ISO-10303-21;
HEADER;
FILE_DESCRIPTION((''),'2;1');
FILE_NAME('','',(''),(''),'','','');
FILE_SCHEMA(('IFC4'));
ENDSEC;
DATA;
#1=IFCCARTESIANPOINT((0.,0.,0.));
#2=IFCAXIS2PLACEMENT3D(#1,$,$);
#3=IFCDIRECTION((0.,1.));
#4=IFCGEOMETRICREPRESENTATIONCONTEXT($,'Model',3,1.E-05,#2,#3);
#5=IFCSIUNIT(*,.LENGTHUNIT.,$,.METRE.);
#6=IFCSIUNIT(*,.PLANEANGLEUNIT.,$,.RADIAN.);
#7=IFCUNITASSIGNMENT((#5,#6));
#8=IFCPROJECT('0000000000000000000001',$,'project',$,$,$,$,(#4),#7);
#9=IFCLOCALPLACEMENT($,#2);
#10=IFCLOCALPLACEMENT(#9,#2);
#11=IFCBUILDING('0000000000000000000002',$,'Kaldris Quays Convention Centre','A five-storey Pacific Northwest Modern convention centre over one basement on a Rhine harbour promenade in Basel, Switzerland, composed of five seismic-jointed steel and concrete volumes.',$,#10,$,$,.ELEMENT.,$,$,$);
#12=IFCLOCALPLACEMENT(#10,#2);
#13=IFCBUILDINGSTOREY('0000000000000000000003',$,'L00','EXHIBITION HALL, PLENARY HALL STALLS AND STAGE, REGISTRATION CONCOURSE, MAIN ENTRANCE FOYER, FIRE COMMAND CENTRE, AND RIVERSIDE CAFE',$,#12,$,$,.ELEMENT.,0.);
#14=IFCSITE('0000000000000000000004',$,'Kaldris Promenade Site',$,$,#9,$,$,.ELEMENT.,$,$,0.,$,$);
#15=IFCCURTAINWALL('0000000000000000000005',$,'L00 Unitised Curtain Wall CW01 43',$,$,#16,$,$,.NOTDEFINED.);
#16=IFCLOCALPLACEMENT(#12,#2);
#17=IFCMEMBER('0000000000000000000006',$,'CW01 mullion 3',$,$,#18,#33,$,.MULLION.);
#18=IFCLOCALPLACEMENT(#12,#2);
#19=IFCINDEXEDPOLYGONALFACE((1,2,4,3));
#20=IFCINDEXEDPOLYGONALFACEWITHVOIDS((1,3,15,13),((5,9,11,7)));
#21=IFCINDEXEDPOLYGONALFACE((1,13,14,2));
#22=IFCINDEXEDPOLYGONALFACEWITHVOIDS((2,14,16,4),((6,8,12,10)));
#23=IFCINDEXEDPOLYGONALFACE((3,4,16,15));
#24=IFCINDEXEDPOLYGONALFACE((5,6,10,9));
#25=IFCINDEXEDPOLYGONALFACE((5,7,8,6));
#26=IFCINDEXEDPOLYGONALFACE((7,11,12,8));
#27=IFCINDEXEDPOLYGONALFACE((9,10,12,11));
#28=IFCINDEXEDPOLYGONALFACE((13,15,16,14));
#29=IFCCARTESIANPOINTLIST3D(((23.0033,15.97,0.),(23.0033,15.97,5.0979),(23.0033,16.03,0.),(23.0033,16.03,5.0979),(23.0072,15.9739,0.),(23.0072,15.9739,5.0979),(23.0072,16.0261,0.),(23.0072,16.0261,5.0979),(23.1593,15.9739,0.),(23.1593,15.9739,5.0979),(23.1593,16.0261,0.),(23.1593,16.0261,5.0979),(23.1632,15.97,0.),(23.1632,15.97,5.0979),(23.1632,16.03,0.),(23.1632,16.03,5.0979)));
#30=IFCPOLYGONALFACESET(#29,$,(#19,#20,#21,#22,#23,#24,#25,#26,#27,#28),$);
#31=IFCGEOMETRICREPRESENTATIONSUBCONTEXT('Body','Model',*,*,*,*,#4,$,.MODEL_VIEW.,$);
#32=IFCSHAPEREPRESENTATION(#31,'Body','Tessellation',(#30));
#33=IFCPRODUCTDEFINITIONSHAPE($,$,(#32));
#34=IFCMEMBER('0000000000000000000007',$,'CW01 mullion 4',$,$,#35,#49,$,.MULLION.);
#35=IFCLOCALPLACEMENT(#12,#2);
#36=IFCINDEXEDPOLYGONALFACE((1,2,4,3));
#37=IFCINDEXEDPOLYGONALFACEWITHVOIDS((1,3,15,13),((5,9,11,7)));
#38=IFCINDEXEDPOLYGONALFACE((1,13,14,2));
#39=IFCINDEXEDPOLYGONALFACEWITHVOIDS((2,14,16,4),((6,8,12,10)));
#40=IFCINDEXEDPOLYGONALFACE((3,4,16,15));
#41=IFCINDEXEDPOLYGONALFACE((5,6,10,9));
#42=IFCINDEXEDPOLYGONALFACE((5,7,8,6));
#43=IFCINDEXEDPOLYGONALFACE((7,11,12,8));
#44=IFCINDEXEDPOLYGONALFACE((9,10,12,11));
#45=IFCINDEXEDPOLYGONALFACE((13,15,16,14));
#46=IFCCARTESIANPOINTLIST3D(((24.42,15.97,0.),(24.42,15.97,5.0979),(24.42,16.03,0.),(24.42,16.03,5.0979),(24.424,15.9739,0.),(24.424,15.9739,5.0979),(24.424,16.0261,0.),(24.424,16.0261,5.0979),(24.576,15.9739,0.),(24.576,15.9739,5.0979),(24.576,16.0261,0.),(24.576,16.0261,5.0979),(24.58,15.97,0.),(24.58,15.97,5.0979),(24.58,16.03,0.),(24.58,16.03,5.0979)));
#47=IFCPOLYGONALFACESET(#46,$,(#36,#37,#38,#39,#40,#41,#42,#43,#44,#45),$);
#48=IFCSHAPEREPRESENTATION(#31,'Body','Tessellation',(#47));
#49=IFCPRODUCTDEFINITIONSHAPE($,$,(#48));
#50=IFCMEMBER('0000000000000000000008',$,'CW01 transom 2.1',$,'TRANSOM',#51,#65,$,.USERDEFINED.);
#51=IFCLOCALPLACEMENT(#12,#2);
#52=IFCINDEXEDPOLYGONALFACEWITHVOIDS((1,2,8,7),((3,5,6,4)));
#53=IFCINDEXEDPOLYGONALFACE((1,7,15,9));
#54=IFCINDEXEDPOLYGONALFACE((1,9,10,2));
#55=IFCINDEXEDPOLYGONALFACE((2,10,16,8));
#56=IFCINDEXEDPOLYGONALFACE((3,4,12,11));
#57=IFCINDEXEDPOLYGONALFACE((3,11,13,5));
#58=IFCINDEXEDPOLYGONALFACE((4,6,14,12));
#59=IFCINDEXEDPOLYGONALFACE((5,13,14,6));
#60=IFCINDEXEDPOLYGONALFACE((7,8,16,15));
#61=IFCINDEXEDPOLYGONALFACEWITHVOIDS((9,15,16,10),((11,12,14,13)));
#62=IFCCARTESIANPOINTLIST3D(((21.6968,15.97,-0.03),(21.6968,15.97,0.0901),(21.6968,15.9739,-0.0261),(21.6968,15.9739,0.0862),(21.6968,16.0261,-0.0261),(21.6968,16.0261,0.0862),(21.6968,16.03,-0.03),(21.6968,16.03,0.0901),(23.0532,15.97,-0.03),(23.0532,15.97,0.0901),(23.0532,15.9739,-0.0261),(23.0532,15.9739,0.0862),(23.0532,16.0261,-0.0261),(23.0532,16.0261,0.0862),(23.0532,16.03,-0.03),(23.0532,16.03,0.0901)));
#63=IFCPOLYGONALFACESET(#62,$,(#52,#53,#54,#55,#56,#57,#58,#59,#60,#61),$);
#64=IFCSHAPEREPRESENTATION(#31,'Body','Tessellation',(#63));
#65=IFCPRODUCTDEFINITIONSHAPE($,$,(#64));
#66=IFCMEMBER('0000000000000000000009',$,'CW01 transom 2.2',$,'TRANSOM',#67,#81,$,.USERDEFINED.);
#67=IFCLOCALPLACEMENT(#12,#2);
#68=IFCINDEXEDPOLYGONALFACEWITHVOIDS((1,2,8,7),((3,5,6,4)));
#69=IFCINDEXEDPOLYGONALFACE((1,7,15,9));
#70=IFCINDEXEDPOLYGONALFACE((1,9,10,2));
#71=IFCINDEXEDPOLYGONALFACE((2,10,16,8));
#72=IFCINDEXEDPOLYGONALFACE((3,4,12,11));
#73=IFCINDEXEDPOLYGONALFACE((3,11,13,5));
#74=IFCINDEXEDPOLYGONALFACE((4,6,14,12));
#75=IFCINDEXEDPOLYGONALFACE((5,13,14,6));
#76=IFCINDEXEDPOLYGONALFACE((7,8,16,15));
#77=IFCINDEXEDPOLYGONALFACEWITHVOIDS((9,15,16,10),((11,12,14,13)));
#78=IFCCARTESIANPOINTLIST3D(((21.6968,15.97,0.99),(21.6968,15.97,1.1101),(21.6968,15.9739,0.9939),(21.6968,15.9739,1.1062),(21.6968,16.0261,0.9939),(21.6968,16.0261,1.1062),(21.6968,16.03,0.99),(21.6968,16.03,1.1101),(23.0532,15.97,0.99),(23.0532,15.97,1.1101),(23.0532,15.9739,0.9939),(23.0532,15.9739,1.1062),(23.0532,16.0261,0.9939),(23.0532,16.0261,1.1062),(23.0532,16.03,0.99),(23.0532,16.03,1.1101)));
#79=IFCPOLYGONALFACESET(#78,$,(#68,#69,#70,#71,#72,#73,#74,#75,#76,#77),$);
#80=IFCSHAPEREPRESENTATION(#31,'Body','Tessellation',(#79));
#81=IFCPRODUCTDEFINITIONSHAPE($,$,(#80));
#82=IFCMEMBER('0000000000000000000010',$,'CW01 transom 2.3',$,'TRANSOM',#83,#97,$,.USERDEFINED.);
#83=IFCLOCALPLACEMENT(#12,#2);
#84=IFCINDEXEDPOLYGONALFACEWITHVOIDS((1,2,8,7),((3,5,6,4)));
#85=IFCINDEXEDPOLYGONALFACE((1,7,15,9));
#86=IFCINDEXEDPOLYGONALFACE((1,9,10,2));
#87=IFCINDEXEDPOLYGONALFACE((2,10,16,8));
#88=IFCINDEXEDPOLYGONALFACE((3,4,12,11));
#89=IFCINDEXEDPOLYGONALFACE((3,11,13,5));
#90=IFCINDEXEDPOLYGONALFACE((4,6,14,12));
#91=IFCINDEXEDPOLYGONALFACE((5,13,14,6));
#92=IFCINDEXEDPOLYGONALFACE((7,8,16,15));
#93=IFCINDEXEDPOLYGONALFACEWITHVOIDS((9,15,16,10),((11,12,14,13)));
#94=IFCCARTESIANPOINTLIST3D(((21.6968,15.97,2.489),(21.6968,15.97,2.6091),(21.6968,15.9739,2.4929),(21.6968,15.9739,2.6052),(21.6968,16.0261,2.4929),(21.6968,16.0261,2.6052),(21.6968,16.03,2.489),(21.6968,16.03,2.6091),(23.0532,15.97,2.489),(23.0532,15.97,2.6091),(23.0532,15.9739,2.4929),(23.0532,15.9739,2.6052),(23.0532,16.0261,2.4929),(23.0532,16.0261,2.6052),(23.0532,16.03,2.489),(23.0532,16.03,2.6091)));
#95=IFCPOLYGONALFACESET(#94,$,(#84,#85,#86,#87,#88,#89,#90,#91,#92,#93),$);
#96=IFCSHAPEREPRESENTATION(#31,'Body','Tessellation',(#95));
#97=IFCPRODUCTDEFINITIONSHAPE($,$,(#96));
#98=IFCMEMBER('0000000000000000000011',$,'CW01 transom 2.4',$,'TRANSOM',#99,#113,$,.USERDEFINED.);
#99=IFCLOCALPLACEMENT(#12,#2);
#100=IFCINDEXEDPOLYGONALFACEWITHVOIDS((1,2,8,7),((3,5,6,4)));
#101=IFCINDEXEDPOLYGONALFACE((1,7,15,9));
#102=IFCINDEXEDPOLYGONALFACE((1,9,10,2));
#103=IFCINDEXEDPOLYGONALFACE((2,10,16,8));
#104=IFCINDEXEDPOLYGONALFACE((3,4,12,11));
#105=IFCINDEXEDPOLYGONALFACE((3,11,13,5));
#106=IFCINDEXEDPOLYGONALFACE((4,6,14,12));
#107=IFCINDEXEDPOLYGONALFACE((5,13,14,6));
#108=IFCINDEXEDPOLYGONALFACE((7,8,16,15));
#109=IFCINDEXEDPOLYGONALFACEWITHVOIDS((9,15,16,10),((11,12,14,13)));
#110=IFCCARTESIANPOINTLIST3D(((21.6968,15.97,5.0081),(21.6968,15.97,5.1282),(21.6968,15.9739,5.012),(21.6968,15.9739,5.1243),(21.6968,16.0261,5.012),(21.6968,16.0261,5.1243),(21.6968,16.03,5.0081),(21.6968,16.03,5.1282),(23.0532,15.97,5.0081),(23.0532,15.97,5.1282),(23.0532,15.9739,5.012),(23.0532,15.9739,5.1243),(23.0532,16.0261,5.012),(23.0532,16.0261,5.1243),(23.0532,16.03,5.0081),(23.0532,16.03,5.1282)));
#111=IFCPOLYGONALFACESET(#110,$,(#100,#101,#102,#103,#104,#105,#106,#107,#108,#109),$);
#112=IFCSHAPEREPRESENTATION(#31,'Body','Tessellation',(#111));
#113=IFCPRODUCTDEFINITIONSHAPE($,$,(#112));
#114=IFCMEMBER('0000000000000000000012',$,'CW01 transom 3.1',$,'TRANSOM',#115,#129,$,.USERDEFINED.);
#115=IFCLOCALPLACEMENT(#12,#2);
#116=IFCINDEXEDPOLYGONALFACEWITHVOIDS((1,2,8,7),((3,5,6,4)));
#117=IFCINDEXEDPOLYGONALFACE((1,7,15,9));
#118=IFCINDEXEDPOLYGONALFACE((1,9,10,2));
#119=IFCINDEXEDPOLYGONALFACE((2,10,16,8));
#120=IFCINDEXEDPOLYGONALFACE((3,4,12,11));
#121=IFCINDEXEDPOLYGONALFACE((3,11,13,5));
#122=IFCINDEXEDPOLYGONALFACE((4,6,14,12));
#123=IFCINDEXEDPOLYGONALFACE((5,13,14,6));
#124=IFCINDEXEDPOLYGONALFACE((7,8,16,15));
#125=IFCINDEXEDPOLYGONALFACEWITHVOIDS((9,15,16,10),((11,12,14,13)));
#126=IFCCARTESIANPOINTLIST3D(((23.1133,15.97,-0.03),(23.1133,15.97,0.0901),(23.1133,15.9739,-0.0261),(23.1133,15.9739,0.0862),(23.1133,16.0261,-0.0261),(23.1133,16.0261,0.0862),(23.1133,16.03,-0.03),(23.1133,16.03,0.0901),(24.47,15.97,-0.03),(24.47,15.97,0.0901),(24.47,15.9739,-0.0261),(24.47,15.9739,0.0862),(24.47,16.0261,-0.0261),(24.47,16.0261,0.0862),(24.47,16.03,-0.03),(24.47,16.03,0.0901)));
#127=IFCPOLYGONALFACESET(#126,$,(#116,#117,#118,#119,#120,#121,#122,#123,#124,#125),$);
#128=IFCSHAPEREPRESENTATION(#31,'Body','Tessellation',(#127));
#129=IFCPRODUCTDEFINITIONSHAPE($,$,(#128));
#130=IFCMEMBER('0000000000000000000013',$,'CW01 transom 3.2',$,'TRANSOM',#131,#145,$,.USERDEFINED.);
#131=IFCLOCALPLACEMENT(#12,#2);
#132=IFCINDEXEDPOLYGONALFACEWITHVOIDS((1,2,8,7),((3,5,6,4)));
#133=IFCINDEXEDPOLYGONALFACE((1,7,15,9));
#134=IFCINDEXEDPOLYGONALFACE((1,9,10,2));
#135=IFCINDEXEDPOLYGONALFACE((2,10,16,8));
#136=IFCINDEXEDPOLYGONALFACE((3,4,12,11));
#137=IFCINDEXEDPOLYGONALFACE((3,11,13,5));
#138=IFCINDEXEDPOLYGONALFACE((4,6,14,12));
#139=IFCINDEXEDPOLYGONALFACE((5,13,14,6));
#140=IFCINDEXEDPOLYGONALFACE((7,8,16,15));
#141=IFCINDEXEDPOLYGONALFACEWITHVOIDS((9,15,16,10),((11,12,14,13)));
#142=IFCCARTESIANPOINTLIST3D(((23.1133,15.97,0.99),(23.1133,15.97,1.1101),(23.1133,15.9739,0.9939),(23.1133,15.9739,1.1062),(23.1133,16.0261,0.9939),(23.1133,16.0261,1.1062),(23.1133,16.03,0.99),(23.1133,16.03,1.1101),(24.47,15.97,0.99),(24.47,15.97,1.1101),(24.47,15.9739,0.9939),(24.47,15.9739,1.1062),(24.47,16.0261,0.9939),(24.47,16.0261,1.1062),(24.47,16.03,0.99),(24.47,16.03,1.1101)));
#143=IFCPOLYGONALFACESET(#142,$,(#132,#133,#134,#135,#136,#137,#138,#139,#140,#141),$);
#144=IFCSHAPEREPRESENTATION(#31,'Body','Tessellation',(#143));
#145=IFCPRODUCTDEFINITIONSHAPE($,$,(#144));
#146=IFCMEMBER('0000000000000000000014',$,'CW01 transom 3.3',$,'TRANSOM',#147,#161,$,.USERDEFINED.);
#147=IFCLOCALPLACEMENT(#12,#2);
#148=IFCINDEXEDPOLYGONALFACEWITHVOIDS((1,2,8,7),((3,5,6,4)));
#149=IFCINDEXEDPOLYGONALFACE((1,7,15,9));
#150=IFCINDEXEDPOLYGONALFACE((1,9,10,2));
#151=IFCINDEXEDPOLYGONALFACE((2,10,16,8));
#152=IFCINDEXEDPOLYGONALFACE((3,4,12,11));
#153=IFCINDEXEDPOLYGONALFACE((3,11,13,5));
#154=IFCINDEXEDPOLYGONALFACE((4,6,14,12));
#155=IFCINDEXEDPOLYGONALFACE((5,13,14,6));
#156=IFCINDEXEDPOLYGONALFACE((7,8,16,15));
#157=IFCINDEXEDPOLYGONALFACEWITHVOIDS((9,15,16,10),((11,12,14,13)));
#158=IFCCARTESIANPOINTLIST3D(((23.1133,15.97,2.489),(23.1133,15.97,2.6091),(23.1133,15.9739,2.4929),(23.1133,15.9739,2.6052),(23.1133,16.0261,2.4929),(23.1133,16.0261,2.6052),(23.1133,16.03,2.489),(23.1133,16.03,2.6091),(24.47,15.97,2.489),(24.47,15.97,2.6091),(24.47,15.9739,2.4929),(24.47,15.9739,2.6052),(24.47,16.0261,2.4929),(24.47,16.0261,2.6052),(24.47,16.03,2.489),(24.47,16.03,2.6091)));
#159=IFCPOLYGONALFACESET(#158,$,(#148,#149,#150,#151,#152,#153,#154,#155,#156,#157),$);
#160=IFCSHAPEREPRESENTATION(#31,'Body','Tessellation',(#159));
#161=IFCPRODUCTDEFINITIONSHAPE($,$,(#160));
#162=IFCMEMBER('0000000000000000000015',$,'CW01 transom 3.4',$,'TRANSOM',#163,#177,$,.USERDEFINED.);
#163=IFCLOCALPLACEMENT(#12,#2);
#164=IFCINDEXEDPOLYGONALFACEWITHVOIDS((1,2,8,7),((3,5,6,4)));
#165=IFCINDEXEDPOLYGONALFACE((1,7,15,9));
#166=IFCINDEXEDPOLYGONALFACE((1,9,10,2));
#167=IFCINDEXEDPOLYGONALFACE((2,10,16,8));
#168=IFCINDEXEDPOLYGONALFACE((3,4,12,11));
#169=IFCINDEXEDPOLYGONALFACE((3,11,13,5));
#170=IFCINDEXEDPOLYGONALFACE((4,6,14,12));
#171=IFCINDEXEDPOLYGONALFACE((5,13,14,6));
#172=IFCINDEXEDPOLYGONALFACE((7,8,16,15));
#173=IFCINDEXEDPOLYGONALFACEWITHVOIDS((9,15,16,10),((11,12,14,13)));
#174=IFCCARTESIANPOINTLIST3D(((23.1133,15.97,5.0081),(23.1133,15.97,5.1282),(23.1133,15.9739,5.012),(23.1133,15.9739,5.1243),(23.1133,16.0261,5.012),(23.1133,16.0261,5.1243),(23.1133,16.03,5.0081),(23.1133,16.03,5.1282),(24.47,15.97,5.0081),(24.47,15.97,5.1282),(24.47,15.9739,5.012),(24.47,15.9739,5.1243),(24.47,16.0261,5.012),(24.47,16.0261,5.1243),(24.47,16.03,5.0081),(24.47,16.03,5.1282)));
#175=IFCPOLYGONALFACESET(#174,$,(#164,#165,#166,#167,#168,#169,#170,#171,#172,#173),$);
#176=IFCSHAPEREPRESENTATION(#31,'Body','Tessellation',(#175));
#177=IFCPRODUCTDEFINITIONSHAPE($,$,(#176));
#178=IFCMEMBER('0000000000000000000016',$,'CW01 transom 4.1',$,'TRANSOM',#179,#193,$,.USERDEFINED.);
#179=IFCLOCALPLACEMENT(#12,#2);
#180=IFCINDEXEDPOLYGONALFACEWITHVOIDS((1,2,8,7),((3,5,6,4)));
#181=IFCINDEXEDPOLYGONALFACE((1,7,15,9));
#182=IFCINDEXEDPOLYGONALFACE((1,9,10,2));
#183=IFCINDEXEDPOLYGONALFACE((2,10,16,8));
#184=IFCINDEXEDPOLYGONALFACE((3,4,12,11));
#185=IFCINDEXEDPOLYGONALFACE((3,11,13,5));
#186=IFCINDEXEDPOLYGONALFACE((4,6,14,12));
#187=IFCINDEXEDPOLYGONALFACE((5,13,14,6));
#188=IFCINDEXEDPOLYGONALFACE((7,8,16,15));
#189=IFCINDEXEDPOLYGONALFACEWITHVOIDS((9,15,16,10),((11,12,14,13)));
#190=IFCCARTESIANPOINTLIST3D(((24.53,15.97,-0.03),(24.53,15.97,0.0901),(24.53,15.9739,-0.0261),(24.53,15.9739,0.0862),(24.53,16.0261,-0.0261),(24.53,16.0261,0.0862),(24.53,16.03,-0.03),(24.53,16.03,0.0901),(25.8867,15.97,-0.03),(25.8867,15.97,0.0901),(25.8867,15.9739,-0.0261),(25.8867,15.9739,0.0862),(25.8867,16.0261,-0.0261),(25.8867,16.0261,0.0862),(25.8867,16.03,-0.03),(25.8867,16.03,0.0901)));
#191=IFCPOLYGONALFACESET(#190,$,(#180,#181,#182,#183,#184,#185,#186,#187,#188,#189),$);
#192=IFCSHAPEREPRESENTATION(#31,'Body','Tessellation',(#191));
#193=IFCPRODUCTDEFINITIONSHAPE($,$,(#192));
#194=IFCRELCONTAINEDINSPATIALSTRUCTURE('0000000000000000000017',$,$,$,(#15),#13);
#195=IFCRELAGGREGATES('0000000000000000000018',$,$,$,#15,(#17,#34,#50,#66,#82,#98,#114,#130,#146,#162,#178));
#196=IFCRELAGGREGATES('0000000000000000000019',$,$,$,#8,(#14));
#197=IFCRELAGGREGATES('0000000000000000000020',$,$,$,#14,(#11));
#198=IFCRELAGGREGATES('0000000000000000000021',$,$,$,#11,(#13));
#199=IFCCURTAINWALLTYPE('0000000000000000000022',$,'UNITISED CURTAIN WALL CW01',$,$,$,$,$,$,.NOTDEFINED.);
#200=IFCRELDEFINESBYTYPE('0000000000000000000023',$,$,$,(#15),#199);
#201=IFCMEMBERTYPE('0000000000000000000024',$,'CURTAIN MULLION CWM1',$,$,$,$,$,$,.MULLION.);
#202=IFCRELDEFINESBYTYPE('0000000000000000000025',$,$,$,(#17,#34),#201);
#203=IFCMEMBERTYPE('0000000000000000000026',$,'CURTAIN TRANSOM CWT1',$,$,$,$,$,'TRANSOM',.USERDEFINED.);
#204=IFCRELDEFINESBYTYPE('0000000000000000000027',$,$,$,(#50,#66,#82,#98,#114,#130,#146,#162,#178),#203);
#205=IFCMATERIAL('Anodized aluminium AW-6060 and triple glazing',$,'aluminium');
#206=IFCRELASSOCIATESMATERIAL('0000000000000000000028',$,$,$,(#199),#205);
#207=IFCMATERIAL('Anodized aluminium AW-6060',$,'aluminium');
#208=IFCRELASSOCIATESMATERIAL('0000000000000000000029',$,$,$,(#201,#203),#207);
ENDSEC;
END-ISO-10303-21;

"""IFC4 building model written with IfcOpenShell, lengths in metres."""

from ifc_helpers import new_model, si_unit, direction, frame, origin, origin_2d, place, context, subcontext, project, spatial, hollow_rectangle, extrude, material, material_profile, profile_set, type_object, element, aggregate, save


model = new_model("IFC4")

# Units and contexts
model_context = context("Model", 3, precision=1e-05, world=origin(), true_north=direction((0.0, 1.0)))
body_context = subcontext(model_context, "Body", "Model", "MODEL_VIEW")
ifc_project = project(units=[si_unit("LENGTHUNIT", "METRE"), si_unit("PLANEANGLEUNIT", "RADIAN")], contexts=[model_context])

# Site, building, storey
site_placement = place(None, origin())
site = spatial("IfcSite", under=ifc_project, at=site_placement, Name="Kaldris Promenade Site", CompositionType="ELEMENT", RefElevation=0.0)
building_placement = place(site_placement, origin())
building = spatial("IfcBuilding", under=site, at=building_placement, Name="Kaldris Quays Convention Centre", Description="A five-storey Pacific Northwest Modern convention centre over one basement on a Rhine harbour promenade in Basel, Switzerland, composed of five seismic-jointed steel and concrete volumes.", CompositionType="ELEMENT")
storey_placement = place(building_placement, origin())
storey = spatial("IfcBuildingStorey", under=building, at=storey_placement, Name="L00", Description="EXHIBITION HALL, PLENARY HALL STALLS AND STAGE, REGISTRATION CONCOURSE, MAIN ENTRANCE FOYER, FIRE COMMAND CENTRE, AND RIVERSIDE CAFE", CompositionType="ELEMENT", Elevation=0.0)

# Curtain wall, members
ifc_material_1 = material(Name="Anodized aluminium AW-6060 and triple glazing", Category="aluminium")
curtain_wall_type = type_object("IfcCurtainWallType", Name="UNITISED CURTAIN WALL CW01", PredefinedType="NOTDEFINED", material=ifc_material_1)
curtain_wall_placement = place(storey_placement, origin())
curtain_wall = element("IfcCurtainWall", 1, at=curtain_wall_placement, inside=storey, type_object=curtain_wall_type, Name="L00 Unitised Curtain Wall CW01 43", PredefinedType="NOTDEFINED")
ifc_material_2 = material(Name="Anodized aluminium AW-6060", Category="aluminium")
ifc_material_profile_1 = material_profile(ifc_material_2, hollow_rectangle(XDim=0.0601, YDim=0.1599, WallThickness=0.0039, at=origin_2d()), Name="RHS 160x60x4")
ifc_profile_set_1 = profile_set([ifc_material_profile_1], Name="Anodized aluminium AW-6060")
member_type_1 = type_object("IfcMemberType", Name="CURTAIN MULLION CWM1", PredefinedType="MULLION", material=ifc_profile_set_1)
member_1_placement = place(storey_placement, frame((23.0833, 16.0, 0.0), z_axis=(0.0, 0.0, 1.0), x_axis=(0.0, 1.0, 0.0)))
member_1 = element("IfcMember", 2, at=member_1_placement, type_object=member_type_1, Name="CW01 mullion 3", PredefinedType="MULLION", context=body_context, shape_type="SweptSolid", body=[
    extrude(hollow_rectangle(XDim=0.0601, YDim=0.1599, WallThickness=0.0039, at=origin_2d()), origin(), (0.0, 0.0, 1.0), 5.0979),
])
member_2_placement = place(storey_placement, frame((24.5, 16.0, 0.0), z_axis=(0.0, 0.0, 1.0), x_axis=(0.0, 1.0, 0.0)))
member_2 = element("IfcMember", 3, at=member_2_placement, type_object=member_type_1, Name="CW01 mullion 4", PredefinedType="MULLION", context=body_context, shape_type="SweptSolid", body=[
    extrude(hollow_rectangle(XDim=0.0601, YDim=0.1599, WallThickness=0.0039, at=origin_2d()), origin(), (0.0, 0.0, 1.0), 5.0979),
])
ifc_material_profile_2 = material_profile(ifc_material_2, hollow_rectangle(XDim=0.0601, YDim=0.1201, WallThickness=0.0039, at=origin_2d()), Name="RHS 120x60x4")
ifc_profile_set_2 = profile_set([ifc_material_profile_2], Name="Anodized aluminium AW-6060")
member_type_2 = type_object("IfcMemberType", Name="CURTAIN TRANSOM CWT1", ElementType="TRANSOM", PredefinedType="USERDEFINED", material=ifc_profile_set_2)
member_3_placement = place(storey_placement, frame((21.6968, 16.0, 0.03), z_axis=(1.0, 0.0, 0.0), x_axis=(0.0, 1.0, 0.0)))
member_3 = element("IfcMember", 4, at=member_3_placement, type_object=member_type_2, Name="CW01 transom 2.1", ObjectType="TRANSOM", PredefinedType="USERDEFINED", context=body_context, shape_type="SweptSolid", body=[
    extrude(hollow_rectangle(XDim=0.0601, YDim=0.1201, WallThickness=0.0039, at=origin_2d()), origin(), (0.0, 0.0, 1.0), 1.3564),
])
member_4_placement = place(storey_placement, frame((21.6968, 16.0, 1.05), z_axis=(1.0, 0.0, 0.0), x_axis=(0.0, 1.0, 0.0)))
member_4 = element("IfcMember", 5, at=member_4_placement, type_object=member_type_2, Name="CW01 transom 2.2", ObjectType="TRANSOM", PredefinedType="USERDEFINED", context=body_context, shape_type="SweptSolid", body=[
    extrude(hollow_rectangle(XDim=0.0601, YDim=0.1201, WallThickness=0.0039, at=origin_2d()), origin(), (0.0, 0.0, 1.0), 1.3564),
])
member_5_placement = place(storey_placement, frame((21.6968, 16.0, 2.5491), z_axis=(1.0, 0.0, 0.0), x_axis=(0.0, 1.0, 0.0)))
member_5 = element("IfcMember", 6, at=member_5_placement, type_object=member_type_2, Name="CW01 transom 2.3", ObjectType="TRANSOM", PredefinedType="USERDEFINED", context=body_context, shape_type="SweptSolid", body=[
    extrude(hollow_rectangle(XDim=0.0601, YDim=0.1201, WallThickness=0.0039, at=origin_2d()), origin(), (0.0, 0.0, 1.0), 1.3564),
])
member_6_placement = place(storey_placement, frame((21.6968, 16.0, 5.0681), z_axis=(1.0, 0.0, 0.0), x_axis=(0.0, 1.0, 0.0)))
member_6 = element("IfcMember", 7, at=member_6_placement, type_object=member_type_2, Name="CW01 transom 2.4", ObjectType="TRANSOM", PredefinedType="USERDEFINED", context=body_context, shape_type="SweptSolid", body=[
    extrude(hollow_rectangle(XDim=0.0601, YDim=0.1201, WallThickness=0.0039, at=origin_2d()), origin(), (0.0, 0.0, 1.0), 1.3564),
])
member_7_placement = place(storey_placement, frame((23.1133, 16.0, 0.03), z_axis=(1.0, 0.0, 0.0), x_axis=(0.0, 1.0, 0.0)))
member_7 = element("IfcMember", 8, at=member_7_placement, type_object=member_type_2, Name="CW01 transom 3.1", ObjectType="TRANSOM", PredefinedType="USERDEFINED", context=body_context, shape_type="SweptSolid", body=[
    extrude(hollow_rectangle(XDim=0.0601, YDim=0.1201, WallThickness=0.0039, at=origin_2d()), origin(), (0.0, 0.0, 1.0), 1.3567),
])
member_8_placement = place(storey_placement, frame((23.1133, 16.0, 1.05), z_axis=(1.0, 0.0, 0.0), x_axis=(0.0, 1.0, 0.0)))
member_8 = element("IfcMember", 9, at=member_8_placement, type_object=member_type_2, Name="CW01 transom 3.2", ObjectType="TRANSOM", PredefinedType="USERDEFINED", context=body_context, shape_type="SweptSolid", body=[
    extrude(hollow_rectangle(XDim=0.0601, YDim=0.1201, WallThickness=0.0039, at=origin_2d()), origin(), (0.0, 0.0, 1.0), 1.3567),
])
member_9_placement = place(storey_placement, frame((23.1133, 16.0, 2.5491), z_axis=(1.0, 0.0, 0.0), x_axis=(0.0, 1.0, 0.0)))
member_9 = element("IfcMember", 10, at=member_9_placement, type_object=member_type_2, Name="CW01 transom 3.3", ObjectType="TRANSOM", PredefinedType="USERDEFINED", context=body_context, shape_type="SweptSolid", body=[
    extrude(hollow_rectangle(XDim=0.0601, YDim=0.1201, WallThickness=0.0039, at=origin_2d()), origin(), (0.0, 0.0, 1.0), 1.3567),
])
member_10_placement = place(storey_placement, frame((23.1133, 16.0, 5.0681), z_axis=(1.0, 0.0, 0.0), x_axis=(0.0, 1.0, 0.0)))
member_10 = element("IfcMember", 11, at=member_10_placement, type_object=member_type_2, Name="CW01 transom 3.4", ObjectType="TRANSOM", PredefinedType="USERDEFINED", context=body_context, shape_type="SweptSolid", body=[
    extrude(hollow_rectangle(XDim=0.0601, YDim=0.1201, WallThickness=0.0039, at=origin_2d()), origin(), (0.0, 0.0, 1.0), 1.3567),
])
member_11_placement = place(storey_placement, frame((24.53, 16.0, 0.03), z_axis=(1.0, 0.0, 0.0), x_axis=(0.0, 1.0, 0.0)))
member_11 = element("IfcMember", 12, at=member_11_placement, type_object=member_type_2, Name="CW01 transom 4.1", ObjectType="TRANSOM", PredefinedType="USERDEFINED", context=body_context, shape_type="SweptSolid", body=[
    extrude(hollow_rectangle(XDim=0.0601, YDim=0.1201, WallThickness=0.0039, at=origin_2d()), origin(), (0.0, 0.0, 1.0), 1.3567),
])
aggregate(curtain_wall, [member_1, member_2, member_3, member_4, member_5, member_6, member_7, member_8, member_9, member_10, member_11])

save(model, "model.ifc")
